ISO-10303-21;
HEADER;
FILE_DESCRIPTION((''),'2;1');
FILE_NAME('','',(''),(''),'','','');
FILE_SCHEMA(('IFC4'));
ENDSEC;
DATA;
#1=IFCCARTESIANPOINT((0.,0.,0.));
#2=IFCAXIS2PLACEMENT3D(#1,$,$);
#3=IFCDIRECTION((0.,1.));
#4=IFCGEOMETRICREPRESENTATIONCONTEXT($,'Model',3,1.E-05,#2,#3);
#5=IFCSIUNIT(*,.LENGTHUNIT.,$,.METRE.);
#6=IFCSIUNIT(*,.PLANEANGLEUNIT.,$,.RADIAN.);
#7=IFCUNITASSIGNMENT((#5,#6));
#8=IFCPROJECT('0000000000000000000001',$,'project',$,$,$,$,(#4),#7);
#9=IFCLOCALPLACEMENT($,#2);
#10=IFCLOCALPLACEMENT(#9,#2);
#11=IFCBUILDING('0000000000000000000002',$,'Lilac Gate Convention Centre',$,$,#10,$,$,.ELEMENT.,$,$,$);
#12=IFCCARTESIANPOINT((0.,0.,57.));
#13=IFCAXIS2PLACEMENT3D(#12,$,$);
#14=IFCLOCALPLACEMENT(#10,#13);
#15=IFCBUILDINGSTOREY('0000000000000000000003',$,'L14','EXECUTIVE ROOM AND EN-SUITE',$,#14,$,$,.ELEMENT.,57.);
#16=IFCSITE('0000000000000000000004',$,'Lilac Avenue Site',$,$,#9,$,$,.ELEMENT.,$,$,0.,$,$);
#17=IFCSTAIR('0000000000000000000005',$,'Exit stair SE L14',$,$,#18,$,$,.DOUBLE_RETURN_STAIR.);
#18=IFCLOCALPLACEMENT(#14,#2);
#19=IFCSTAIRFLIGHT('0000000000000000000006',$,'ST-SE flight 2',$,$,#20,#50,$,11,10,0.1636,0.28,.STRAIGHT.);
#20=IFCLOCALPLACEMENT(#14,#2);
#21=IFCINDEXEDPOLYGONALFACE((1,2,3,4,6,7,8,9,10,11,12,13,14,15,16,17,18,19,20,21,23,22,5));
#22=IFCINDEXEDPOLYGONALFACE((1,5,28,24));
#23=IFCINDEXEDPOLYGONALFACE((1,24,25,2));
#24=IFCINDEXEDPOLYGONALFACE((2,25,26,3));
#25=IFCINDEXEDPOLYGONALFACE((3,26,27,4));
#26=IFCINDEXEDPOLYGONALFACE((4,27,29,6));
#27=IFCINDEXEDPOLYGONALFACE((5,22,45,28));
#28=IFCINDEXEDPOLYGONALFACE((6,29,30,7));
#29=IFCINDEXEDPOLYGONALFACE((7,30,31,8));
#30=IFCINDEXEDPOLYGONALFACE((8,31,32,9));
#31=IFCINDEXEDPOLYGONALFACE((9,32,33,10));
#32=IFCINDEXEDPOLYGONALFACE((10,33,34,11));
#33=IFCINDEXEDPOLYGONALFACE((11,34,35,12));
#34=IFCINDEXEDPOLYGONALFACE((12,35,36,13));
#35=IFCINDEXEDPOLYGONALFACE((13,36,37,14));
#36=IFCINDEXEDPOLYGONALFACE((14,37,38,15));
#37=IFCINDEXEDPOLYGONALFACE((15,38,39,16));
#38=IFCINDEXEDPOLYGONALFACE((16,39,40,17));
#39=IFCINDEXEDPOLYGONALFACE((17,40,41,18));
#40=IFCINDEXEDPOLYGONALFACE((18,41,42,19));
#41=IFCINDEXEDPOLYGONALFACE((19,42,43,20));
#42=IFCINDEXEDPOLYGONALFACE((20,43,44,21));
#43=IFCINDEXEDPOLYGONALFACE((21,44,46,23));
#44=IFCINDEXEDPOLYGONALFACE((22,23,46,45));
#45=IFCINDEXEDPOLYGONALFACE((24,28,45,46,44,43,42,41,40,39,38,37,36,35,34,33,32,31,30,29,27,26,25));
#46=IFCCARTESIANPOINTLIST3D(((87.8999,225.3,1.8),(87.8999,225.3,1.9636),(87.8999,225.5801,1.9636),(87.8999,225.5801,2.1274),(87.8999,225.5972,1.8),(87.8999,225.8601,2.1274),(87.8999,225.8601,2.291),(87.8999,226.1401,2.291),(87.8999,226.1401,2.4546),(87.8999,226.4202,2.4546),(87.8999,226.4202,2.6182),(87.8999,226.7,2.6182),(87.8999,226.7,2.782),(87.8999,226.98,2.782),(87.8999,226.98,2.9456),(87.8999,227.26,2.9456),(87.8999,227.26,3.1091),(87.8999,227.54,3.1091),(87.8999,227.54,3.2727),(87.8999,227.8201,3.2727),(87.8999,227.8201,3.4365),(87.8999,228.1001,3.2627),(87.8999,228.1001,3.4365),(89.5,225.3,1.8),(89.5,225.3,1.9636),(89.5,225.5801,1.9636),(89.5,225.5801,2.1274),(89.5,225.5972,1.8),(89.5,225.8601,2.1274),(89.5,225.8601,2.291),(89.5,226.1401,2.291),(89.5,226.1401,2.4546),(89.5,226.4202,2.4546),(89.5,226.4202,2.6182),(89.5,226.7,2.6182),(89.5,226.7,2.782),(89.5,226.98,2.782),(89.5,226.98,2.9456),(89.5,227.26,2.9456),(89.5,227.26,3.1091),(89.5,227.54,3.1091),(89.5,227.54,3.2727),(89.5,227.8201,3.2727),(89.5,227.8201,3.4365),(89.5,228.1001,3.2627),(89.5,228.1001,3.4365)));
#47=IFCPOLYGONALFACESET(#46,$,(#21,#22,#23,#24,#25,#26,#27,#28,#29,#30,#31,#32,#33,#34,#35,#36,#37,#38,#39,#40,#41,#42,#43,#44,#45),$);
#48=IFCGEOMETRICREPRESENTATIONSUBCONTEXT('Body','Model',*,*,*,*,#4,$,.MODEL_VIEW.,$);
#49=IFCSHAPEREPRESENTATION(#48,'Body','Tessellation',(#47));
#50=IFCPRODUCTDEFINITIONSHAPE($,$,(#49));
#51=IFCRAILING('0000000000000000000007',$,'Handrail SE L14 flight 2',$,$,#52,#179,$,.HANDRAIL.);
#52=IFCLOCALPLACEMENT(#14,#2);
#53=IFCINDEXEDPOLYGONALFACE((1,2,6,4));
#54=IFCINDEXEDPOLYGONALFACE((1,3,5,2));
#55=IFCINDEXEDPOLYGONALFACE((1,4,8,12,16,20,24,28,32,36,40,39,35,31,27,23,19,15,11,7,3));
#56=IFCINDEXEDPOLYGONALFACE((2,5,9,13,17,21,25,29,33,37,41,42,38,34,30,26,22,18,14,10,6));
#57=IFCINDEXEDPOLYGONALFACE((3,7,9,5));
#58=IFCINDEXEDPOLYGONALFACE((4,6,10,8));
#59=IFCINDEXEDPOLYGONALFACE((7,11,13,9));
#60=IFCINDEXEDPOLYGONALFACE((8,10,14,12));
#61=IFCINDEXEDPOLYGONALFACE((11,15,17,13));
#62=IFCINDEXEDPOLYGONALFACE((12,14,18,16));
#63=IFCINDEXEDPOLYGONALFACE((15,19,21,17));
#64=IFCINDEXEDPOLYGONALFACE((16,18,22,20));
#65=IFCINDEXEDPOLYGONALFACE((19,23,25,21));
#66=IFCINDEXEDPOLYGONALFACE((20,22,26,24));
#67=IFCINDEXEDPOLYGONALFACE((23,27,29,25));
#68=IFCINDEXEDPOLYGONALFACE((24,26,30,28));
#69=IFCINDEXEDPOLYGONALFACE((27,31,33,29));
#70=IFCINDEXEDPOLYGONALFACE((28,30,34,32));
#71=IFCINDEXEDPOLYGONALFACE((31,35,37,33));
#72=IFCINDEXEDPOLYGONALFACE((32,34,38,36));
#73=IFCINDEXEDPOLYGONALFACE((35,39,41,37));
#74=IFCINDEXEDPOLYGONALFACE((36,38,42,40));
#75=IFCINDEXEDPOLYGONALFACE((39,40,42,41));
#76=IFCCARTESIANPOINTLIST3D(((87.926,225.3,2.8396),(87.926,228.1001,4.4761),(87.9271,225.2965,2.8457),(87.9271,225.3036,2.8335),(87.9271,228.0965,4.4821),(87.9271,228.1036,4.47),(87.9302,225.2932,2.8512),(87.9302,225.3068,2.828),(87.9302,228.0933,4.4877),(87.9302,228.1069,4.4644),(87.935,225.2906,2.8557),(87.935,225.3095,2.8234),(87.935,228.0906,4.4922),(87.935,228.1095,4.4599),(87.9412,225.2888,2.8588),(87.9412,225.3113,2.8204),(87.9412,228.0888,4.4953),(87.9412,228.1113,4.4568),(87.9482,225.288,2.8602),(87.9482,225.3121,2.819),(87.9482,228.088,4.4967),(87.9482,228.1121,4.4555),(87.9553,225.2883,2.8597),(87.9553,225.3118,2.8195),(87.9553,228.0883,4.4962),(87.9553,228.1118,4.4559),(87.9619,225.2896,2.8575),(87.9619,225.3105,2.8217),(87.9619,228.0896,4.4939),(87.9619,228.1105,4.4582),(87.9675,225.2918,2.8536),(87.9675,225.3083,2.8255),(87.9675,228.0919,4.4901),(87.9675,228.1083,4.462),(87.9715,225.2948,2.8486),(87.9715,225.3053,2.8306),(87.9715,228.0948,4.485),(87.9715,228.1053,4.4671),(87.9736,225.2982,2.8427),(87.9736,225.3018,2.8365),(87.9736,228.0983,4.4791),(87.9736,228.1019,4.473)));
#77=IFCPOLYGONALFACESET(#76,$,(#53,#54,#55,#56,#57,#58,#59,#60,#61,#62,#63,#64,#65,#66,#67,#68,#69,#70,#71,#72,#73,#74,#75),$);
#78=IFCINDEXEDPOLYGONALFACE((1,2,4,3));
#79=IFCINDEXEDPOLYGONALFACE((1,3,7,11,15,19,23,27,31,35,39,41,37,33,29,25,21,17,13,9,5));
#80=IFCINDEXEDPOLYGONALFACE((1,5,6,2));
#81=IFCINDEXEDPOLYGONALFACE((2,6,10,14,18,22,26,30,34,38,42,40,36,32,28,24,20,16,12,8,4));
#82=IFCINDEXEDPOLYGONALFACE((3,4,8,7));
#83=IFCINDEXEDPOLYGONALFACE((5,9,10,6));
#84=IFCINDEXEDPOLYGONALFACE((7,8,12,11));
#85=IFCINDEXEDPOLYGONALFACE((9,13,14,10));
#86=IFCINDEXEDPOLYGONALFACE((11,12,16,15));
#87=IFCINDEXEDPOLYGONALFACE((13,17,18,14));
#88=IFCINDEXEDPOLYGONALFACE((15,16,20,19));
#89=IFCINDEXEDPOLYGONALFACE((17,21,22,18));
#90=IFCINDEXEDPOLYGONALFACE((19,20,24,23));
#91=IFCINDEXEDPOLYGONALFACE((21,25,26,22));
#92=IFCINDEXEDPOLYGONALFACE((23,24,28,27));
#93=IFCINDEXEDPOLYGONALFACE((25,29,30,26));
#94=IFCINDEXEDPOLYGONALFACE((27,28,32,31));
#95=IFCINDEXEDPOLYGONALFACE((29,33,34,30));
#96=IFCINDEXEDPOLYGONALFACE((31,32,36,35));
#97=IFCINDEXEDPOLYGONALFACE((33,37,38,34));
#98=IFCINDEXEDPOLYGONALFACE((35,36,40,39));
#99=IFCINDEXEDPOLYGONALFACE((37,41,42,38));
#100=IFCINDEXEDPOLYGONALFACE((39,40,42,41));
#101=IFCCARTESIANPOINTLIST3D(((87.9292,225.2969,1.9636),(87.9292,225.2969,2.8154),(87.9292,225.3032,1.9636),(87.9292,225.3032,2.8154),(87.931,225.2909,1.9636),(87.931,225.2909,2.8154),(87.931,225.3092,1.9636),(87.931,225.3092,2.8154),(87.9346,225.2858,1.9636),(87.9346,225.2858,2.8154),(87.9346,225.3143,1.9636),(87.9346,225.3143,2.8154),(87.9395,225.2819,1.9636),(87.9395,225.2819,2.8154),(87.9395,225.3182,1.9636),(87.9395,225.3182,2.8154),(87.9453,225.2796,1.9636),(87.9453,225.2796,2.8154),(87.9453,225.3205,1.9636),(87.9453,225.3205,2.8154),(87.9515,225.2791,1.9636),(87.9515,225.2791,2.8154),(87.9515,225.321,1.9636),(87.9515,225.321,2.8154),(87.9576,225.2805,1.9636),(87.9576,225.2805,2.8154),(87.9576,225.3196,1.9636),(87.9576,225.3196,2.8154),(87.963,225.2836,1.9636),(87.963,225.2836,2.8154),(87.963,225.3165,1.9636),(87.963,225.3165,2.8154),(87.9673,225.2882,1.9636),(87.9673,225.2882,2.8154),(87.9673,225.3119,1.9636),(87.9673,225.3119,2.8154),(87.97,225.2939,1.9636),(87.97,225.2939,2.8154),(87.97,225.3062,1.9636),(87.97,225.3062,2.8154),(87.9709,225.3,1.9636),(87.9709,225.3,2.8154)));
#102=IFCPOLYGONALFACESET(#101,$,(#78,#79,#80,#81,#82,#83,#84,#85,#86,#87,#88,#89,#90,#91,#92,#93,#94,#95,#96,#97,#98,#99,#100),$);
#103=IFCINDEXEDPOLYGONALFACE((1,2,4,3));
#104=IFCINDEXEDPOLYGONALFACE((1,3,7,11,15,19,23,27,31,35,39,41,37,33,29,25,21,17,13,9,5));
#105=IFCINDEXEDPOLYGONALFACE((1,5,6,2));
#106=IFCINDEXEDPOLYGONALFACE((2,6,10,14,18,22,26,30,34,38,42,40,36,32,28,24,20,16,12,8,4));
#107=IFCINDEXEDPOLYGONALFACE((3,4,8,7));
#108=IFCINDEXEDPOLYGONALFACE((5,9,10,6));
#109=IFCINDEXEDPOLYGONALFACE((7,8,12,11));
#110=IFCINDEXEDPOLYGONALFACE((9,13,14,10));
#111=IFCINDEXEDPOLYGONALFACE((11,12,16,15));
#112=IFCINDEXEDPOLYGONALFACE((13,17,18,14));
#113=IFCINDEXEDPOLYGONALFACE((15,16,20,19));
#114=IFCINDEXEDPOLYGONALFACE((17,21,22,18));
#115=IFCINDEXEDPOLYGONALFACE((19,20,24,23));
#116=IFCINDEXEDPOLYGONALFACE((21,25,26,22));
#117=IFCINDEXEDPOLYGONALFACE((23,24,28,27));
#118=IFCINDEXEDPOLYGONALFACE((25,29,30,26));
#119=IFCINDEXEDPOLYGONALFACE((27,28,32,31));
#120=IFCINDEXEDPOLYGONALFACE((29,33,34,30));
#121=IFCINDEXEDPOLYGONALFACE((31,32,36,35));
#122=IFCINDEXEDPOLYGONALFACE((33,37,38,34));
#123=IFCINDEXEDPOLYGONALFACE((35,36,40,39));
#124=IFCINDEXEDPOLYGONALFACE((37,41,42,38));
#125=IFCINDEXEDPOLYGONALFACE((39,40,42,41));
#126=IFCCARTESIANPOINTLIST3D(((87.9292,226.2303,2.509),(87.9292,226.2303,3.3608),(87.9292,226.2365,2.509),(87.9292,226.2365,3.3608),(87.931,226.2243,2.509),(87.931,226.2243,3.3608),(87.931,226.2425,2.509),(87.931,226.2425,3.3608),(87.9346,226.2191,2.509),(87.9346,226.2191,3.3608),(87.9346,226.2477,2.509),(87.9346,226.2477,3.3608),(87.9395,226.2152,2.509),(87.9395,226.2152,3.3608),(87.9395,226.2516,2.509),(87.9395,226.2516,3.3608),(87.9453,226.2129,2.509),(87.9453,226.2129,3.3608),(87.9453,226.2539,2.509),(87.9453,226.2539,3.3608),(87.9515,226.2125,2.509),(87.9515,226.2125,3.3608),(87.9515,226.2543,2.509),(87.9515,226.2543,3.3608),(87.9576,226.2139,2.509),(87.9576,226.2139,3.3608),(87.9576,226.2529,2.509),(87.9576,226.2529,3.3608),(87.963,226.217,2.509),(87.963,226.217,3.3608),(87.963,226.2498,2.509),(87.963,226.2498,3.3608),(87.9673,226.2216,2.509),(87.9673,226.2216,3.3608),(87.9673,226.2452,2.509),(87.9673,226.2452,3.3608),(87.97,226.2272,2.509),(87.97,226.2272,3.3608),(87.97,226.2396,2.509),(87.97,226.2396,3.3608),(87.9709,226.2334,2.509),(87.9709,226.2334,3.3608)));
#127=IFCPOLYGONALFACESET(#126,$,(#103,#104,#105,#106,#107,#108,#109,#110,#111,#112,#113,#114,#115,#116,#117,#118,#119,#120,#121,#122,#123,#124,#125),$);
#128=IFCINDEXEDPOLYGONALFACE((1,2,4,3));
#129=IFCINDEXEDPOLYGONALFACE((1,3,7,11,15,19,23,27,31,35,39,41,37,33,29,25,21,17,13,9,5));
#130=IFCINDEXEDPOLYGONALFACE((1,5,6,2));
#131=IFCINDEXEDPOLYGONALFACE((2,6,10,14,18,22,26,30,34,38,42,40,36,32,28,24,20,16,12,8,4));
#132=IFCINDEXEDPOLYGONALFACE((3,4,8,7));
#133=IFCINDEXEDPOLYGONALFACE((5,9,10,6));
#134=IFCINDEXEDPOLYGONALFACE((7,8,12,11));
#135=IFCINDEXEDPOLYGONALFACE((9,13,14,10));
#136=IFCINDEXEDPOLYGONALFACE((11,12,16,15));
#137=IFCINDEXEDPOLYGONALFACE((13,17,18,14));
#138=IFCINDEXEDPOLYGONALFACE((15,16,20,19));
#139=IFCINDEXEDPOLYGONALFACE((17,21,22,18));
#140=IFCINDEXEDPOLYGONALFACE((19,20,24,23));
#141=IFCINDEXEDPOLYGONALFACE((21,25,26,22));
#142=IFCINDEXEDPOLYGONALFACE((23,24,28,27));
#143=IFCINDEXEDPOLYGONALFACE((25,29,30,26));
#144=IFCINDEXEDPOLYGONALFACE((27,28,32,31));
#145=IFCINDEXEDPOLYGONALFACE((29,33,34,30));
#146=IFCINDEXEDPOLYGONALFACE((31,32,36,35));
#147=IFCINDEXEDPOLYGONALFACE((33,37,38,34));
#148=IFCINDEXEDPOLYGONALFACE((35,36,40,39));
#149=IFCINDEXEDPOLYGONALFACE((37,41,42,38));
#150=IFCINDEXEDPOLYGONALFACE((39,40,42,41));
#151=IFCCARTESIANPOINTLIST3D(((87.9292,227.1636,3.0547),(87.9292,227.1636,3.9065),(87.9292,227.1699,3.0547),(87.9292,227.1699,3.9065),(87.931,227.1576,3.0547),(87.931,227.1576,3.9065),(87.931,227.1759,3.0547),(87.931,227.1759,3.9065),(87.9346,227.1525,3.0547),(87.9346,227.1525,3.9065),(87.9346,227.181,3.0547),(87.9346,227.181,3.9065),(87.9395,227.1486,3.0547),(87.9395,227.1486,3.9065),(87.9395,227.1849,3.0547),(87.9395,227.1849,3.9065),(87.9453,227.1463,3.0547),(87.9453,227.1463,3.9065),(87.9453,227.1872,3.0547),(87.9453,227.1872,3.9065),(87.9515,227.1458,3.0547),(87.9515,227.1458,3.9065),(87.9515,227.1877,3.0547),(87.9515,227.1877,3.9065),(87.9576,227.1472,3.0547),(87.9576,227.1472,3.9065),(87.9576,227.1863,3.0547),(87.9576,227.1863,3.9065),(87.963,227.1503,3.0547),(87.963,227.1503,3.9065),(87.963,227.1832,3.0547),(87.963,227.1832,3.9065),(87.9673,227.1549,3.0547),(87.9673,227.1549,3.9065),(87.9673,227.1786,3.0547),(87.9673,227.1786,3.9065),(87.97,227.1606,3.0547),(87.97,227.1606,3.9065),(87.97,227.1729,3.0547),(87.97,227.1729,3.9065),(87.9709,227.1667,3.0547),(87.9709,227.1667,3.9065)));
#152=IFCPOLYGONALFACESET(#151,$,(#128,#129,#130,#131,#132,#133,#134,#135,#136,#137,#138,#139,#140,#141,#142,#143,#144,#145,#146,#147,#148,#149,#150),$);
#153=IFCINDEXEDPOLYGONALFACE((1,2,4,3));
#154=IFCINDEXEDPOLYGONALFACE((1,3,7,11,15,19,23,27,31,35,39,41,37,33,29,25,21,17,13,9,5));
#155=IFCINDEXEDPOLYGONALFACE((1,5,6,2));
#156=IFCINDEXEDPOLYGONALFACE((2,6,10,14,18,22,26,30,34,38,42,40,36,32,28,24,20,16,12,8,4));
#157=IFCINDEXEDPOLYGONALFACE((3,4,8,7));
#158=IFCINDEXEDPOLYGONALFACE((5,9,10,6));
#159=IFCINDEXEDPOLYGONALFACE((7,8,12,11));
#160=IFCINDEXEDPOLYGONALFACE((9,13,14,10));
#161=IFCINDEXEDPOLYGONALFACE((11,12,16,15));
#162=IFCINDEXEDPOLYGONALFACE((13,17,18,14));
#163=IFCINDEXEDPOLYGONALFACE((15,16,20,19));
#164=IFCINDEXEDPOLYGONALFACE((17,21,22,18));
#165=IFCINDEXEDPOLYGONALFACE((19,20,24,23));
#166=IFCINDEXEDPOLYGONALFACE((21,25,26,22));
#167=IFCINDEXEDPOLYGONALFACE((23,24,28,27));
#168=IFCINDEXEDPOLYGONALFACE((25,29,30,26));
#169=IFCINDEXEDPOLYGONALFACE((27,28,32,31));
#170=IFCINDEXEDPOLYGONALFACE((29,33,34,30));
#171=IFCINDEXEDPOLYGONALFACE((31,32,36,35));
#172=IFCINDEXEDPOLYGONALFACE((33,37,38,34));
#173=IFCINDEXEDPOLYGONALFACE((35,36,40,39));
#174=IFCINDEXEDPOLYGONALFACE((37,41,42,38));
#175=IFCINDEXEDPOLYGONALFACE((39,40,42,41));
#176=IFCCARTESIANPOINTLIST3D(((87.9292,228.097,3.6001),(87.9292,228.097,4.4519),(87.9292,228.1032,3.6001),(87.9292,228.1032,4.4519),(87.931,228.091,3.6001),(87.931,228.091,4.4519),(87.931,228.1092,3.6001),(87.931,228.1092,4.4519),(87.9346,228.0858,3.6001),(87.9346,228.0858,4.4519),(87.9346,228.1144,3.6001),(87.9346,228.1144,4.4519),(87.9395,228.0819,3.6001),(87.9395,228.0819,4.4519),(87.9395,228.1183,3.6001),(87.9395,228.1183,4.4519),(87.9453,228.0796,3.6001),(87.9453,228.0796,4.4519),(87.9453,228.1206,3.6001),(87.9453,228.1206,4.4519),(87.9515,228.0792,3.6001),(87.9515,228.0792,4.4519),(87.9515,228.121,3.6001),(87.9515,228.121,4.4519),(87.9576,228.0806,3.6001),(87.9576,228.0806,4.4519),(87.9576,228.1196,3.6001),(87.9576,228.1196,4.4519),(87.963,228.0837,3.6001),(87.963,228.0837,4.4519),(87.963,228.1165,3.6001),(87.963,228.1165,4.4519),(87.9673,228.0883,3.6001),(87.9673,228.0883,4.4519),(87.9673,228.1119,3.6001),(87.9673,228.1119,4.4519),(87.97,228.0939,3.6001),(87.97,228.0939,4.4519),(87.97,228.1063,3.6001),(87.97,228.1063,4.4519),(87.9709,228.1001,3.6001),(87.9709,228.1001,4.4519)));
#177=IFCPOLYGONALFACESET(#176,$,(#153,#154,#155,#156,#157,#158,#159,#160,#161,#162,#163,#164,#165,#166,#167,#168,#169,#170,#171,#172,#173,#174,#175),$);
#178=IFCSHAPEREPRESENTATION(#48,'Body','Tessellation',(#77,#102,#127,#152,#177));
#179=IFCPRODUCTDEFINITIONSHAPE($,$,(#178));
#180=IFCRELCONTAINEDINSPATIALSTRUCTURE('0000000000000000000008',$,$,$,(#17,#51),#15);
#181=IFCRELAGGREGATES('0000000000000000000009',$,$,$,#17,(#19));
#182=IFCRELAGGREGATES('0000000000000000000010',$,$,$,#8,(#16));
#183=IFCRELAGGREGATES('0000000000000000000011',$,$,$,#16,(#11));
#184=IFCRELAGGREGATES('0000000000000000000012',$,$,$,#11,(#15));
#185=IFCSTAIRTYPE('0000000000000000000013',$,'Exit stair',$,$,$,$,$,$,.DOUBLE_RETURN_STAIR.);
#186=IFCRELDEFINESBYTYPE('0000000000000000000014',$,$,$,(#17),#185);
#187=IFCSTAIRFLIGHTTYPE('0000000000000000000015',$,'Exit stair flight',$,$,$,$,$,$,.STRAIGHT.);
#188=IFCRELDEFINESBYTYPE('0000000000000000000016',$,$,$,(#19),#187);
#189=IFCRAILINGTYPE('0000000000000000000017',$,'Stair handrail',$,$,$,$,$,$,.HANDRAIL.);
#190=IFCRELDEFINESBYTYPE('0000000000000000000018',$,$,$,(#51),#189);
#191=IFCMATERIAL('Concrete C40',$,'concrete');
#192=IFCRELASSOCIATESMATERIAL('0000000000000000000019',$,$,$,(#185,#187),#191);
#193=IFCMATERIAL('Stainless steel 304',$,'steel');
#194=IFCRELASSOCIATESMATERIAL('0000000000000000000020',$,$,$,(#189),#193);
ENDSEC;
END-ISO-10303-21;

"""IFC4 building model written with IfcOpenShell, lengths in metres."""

from ifc_helpers import new_model, si_unit, direction, frame, origin, origin_2d, place, context, subcontext, project, spatial, polyline, circle, outline, extrude, material, type_object, element, aggregate, save


model = new_model("IFC4")

# Units and contexts
model_context = context("Model", 3, precision=1e-05, world=origin(), true_north=direction((0.0, 1.0)))
body_context = subcontext(model_context, "Body", "Model", "MODEL_VIEW")
ifc_project = project(units=[si_unit("LENGTHUNIT", "METRE"), si_unit("PLANEANGLEUNIT", "RADIAN")], contexts=[model_context])

# Site, building, storey
site_placement = place(None, origin())
site = spatial("IfcSite", under=ifc_project, at=site_placement, Name="Lilac Avenue Site", CompositionType="ELEMENT", RefElevation=0.0)
building_placement = place(site_placement, origin())
building = spatial("IfcBuilding", under=site, at=building_placement, Name="Lilac Gate Convention Centre", CompositionType="ELEMENT")
storey_placement = place(building_placement, frame((0.0, 0.0, 57.0)))
storey = spatial("IfcBuildingStorey", under=building, at=storey_placement, Name="L14", Description="EXECUTIVE ROOM AND EN-SUITE", CompositionType="ELEMENT", Elevation=57.0)

# Shared definitions
ifc_material_1 = material(Name="Concrete C40", Category="concrete")

# Stair, stair flight
stair_type = type_object("IfcStairType", Name="Exit stair", PredefinedType="DOUBLE_RETURN_STAIR", material=ifc_material_1)
stair_placement = place(storey_placement, origin())
stair = element("IfcStair", 1, at=stair_placement, inside=storey, type_object=stair_type, Name="Exit stair SE L14", PredefinedType="DOUBLE_RETURN_STAIR")
stair_flight_type = type_object("IfcStairFlightType", Name="Exit stair flight", PredefinedType="STRAIGHT", material=ifc_material_1)
stair_flight_placement = place(storey_placement, frame((88.7, 225.3, 1.8), z_axis=(0.0, 0.0, 1.0), x_axis=(0.0, 1.0, 0.0)))
stair_flight = element("IfcStairFlight", 2, at=stair_flight_placement, type_object=stair_flight_type, Name="ST-SE flight 2", NumberOfRisers=11, NumberOfTreads=10, PredefinedType="STRAIGHT", RiserHeight=0.1636, TreadLength=0.28, context=body_context, shape_type="SweptSolid", body=[
    extrude(outline(polyline([(0.0, 0.0), (0.0, 0.1636), (0.28, 0.1636), (0.28, 0.3274), (0.5601, 0.3274), (0.5601, 0.491), (0.8401, 0.491), (0.8401, 0.6545), (1.1201, 0.6545), (1.1201, 0.8181), (1.3999, 0.8181), (1.3999, 0.9819), (1.6799, 0.9819), (1.6799, 1.1455), (1.96, 1.1455), (1.96, 1.3091), (2.24, 1.3091), (2.24, 1.4727), (2.52, 1.4727), (2.52, 1.6365), (2.8, 1.6365), (2.8, 1.8), (2.8, 1.4626), (0.2971, 0.0), (0.0, 0.0)])), frame((0.0, 0.8, 0.0), z_axis=(0.0, -1.0, 0.0), x_axis=(1.0, 0.0, 0.0)), (0.0, 0.0, 1.0), 1.6001),
])
aggregate(stair, [stair_flight])

# Railing
ifc_material_2 = material(Name="Stainless steel 304", Category="steel")
railing_type = type_object("IfcRailingType", Name="Stair handrail", PredefinedType="HANDRAIL", material=ifc_material_2)
for number, where, name in (
    (3, (87.95, 225.3, 1.9636), "Handrail SE L14 flight 2"),
):
    element("IfcRailing", number, at=place(storey_placement, frame(where)), inside=storey, type_object=railing_type, Name=name, PredefinedType="HANDRAIL", context=body_context, shape_type="SweptSolid", body=[
        extrude(circle(Radius=0.0239, at=origin_2d()), frame((0.0, 0.0, 0.876), z_axis=(0.0, 0.863361, 0.504587), x_axis=(-1.0, 0.0, 0.0)), (0.0, 0.0, 1.0), 3.2432),
        extrude(circle(Radius=0.021, at=origin_2d()), origin(), (0.0, 0.0, 1.0), 0.8518),
        extrude(circle(Radius=0.021, at=origin_2d()), frame((0.0, 0.9333, 0.5454)), (0.0, 0.0, 1.0), 0.8518),
        extrude(circle(Radius=0.021, at=origin_2d()), frame((0.0, 1.8667, 1.0911)), (0.0, 0.0, 1.0), 0.8518),
        extrude(circle(Radius=0.021, at=origin_2d()), frame((0.0, 2.8, 1.6365)), (0.0, 0.0, 1.0), 0.8518),
    ])

save(model, "model.ifc")
